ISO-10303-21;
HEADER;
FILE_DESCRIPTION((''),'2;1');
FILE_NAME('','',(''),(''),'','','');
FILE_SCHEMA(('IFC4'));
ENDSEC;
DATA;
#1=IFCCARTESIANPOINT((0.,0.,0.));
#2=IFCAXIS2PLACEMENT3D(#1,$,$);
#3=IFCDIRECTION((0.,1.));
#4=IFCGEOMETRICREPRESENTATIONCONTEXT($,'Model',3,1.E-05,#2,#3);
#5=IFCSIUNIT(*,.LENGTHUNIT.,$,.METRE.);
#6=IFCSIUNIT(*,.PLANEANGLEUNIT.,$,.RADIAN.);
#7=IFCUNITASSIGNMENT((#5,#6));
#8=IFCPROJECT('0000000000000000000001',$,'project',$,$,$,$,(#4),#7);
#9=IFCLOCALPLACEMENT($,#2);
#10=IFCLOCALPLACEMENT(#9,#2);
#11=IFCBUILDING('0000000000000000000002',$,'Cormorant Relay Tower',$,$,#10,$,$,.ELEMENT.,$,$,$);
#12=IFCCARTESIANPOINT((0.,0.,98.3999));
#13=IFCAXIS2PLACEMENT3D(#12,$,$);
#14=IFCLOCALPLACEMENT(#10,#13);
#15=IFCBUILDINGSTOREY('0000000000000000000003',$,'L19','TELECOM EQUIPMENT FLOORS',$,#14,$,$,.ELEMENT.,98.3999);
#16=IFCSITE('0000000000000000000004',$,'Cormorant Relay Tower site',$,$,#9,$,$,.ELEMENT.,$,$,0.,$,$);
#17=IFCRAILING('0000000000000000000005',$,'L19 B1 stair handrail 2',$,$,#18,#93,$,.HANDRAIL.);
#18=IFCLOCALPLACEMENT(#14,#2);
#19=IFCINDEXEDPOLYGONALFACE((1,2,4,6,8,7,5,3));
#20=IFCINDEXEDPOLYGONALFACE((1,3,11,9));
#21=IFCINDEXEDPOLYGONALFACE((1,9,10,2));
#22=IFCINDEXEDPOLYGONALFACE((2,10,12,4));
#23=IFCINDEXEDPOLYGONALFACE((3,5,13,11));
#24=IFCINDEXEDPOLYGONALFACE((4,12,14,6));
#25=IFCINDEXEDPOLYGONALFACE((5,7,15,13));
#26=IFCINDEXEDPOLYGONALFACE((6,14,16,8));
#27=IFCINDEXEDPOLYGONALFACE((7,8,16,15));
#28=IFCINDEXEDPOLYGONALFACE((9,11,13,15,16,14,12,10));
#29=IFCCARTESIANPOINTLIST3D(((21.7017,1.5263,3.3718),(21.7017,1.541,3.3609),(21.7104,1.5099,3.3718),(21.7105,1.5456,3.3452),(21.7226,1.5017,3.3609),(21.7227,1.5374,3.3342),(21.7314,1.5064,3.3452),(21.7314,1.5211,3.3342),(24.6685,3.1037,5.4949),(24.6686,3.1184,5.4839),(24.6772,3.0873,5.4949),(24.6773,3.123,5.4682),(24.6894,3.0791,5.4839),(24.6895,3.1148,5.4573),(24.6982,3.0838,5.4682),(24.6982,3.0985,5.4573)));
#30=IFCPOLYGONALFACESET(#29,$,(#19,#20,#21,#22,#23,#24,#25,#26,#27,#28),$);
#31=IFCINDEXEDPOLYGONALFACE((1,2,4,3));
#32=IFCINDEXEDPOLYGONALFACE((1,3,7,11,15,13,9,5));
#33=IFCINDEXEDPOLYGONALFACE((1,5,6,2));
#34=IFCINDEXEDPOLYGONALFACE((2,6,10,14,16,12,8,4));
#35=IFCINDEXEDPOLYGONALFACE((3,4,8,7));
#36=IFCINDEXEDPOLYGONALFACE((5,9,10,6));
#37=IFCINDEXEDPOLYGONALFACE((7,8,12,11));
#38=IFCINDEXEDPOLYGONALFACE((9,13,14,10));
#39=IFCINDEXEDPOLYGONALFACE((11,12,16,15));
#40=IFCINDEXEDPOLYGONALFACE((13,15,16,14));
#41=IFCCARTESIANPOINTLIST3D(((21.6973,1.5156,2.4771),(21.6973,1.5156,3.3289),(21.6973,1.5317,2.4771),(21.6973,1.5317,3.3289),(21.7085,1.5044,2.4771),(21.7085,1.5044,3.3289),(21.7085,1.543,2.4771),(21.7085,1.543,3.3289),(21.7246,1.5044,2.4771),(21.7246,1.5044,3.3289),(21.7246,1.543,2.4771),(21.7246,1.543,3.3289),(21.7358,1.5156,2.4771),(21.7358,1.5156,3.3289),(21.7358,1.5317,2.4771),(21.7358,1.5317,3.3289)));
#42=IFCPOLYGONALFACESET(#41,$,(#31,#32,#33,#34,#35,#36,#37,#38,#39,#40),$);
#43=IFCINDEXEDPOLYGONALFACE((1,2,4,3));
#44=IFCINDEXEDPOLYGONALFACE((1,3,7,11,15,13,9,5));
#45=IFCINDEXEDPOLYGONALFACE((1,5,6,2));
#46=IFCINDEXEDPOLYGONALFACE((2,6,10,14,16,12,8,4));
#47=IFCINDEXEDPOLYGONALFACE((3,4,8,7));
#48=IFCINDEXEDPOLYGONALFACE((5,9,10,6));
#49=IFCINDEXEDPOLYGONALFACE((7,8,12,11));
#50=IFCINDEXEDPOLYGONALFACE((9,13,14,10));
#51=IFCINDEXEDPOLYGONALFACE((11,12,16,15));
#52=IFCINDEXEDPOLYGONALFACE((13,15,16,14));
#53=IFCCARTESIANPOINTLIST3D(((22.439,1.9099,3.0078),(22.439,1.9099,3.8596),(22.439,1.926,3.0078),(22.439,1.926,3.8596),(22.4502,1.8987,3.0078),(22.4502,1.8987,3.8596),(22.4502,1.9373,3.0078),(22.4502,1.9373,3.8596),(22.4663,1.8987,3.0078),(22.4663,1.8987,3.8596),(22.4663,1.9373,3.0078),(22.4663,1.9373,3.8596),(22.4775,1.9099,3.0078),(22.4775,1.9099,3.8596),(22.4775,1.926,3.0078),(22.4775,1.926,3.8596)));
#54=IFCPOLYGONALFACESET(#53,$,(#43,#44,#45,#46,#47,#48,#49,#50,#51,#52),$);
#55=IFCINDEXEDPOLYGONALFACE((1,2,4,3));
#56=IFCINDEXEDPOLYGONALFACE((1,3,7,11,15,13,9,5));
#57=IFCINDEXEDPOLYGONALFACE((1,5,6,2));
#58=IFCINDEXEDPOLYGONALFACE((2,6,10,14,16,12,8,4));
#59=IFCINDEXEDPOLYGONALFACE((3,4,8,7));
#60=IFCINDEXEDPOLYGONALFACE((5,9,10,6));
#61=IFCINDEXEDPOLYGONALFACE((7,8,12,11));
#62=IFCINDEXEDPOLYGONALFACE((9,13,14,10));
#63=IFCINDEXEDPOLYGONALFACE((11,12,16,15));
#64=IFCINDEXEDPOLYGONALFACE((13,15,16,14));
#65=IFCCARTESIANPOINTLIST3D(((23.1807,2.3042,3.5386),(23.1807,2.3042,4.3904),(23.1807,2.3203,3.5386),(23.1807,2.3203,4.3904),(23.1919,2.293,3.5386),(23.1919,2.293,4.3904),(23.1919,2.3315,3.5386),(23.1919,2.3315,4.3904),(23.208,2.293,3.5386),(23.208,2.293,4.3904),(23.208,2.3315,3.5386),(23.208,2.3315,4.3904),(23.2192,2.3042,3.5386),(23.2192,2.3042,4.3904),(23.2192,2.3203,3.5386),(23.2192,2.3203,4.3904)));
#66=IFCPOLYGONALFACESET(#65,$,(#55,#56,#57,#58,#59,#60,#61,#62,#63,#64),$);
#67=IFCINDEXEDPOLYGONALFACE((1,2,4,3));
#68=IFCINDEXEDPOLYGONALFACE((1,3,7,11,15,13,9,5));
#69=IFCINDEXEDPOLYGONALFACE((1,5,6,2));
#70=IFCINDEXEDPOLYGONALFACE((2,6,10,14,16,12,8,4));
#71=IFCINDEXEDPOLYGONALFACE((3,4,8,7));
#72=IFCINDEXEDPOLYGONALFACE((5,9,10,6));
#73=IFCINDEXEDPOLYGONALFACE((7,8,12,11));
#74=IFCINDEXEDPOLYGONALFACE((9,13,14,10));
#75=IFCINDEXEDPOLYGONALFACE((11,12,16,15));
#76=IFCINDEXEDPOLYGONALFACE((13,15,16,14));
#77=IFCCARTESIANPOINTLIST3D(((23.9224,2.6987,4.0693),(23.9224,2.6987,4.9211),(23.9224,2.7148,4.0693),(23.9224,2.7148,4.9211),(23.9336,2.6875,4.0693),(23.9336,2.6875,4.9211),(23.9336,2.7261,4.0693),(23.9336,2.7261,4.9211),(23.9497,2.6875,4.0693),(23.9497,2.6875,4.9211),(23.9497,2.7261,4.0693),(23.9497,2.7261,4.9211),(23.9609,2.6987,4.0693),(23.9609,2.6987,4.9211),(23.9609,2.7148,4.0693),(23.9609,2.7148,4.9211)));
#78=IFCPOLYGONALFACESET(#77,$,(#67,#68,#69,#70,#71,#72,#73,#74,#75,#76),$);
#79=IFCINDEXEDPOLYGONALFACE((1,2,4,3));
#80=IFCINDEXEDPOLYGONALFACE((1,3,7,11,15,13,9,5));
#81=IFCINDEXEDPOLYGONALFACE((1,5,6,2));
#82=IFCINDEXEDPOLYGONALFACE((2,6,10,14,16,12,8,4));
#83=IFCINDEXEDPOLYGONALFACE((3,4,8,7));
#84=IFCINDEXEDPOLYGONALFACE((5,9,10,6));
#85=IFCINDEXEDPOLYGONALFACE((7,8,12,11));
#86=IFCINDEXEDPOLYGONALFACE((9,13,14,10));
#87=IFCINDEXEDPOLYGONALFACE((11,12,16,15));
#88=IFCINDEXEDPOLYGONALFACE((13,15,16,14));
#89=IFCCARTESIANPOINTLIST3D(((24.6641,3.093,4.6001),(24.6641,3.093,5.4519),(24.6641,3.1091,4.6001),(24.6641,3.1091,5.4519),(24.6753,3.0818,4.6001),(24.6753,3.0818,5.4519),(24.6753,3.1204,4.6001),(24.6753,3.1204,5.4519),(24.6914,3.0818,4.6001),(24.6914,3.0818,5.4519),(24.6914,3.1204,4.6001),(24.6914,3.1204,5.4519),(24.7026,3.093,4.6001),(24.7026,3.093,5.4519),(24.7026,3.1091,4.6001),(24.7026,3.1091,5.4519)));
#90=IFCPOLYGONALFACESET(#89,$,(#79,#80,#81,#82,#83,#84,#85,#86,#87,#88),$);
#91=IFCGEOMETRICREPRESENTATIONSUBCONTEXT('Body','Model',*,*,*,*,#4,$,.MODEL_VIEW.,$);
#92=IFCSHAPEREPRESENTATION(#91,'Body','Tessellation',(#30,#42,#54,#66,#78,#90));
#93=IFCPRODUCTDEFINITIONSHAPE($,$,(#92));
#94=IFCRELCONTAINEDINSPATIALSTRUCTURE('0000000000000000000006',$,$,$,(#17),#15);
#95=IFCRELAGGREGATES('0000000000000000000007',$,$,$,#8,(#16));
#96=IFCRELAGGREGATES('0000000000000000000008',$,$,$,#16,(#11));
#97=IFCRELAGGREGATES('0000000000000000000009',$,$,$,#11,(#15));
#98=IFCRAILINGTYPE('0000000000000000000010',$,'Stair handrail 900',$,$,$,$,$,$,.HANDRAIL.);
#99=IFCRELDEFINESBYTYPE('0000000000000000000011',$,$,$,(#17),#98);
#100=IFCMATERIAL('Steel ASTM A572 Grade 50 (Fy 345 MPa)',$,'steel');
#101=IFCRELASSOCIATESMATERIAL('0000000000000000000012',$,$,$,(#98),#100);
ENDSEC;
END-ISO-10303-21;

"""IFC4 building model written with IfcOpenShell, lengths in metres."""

from ifc_helpers import new_model, si_unit, direction, frame, origin, place, context, subcontext, project, spatial, polyline, outline, extrude, material, type_object, element, save


model = new_model("IFC4")

# Units and contexts
model_context = context("Model", 3, precision=1e-05, world=origin(), true_north=direction((0.0, 1.0)))
body_context = subcontext(model_context, "Body", "Model", "MODEL_VIEW")
ifc_project = project(units=[si_unit("LENGTHUNIT", "METRE"), si_unit("PLANEANGLEUNIT", "RADIAN")], contexts=[model_context])

# Site, building, storey
site_placement = place(None, origin())
site = spatial("IfcSite", under=ifc_project, at=site_placement, Name="Cormorant Relay Tower site", CompositionType="ELEMENT", RefElevation=0.0)
building_placement = place(site_placement, origin())
building = spatial("IfcBuilding", under=site, at=building_placement, Name="Cormorant Relay Tower", CompositionType="ELEMENT")
storey_placement = place(building_placement, frame((0.0, 0.0, 98.3999)))
storey = spatial("IfcBuildingStorey", under=building, at=storey_placement, Name="L19", Description="TELECOM EQUIPMENT FLOORS", CompositionType="ELEMENT", Elevation=98.3999)

# Railing
ifc_material_1 = material(Name="Steel ASTM A572 Grade 50 (Fy 345 MPa)", Category="steel")
railing_type_1 = type_object("IfcRailingType", Name="Stair handrail 900", PredefinedType="HANDRAIL", material=ifc_material_1)
railing_1_placement = place(storey_placement, frame((21.7166, 1.5237, 2.4771)))
element("IfcRailing", 1, at=railing_1_placement, inside=storey, type_object=railing_type_1, Name="L19 B1 stair handrail 2", PredefinedType="HANDRAIL", context=body_context, shape_type="SweptSolid", body=[
    extrude(outline(polyline([(0.0222, 0.0093), (0.0093, 0.0222), (-0.0093, 0.0222), (-0.0222, 0.0093), (-0.0222, -0.0093), (-0.0093, -0.0222), (0.0093, -0.0222), (0.0222, -0.0093), (0.0222, 0.0093)])), frame((0.0, 0.0, 0.876), z_axis=(0.746441, 0.396869, 0.534155), x_axis=(-0.469453, 0.882958, 0.0)), (0.0, 0.0, 1.0), 3.9746),
    extrude(outline(polyline([(0.0193, 0.0081), (0.0081, 0.0193), (-0.0081, 0.0193), (-0.0193, 0.0081), (-0.0193, -0.0081), (-0.0081, -0.0193), (0.0081, -0.0193), (0.0193, -0.0081), (0.0193, 0.0081)])), origin(), (0.0, 0.0, 1.0), 0.8518),
    extrude(outline(polyline([(0.0193, 0.0081), (0.0081, 0.0193), (-0.0081, 0.0193), (-0.0193, 0.0081), (-0.0193, -0.0081), (-0.0081, -0.0193), (0.0081, -0.0193), (0.0193, -0.0081), (0.0193, 0.0081)])), frame((0.7417, 0.3943, 0.5308)), (0.0, 0.0, 1.0), 0.8518),
    extrude(outline(polyline([(0.0193, 0.0081), (0.0081, 0.0193), (-0.0081, 0.0193), (-0.0193, 0.0081), (-0.0193, -0.0081), (-0.0081, -0.0193), (0.0081, -0.0193), (0.0193, -0.0081), (0.0193, 0.0081)])), frame((1.4834, 0.7886, 1.0615)), (0.0, 0.0, 1.0), 0.8518),
    extrude(outline(polyline([(0.0193, 0.0081), (0.0081, 0.0193), (-0.0081, 0.0193), (-0.0193, 0.0081), (-0.0193, -0.0081), (-0.0081, -0.0193), (0.0081, -0.0193), (0.0193, -0.0081), (0.0193, 0.0081)])), frame((2.2251, 1.1831, 1.5923)), (0.0, 0.0, 1.0), 0.8518),
    extrude(outline(polyline([(0.0193, 0.0081), (0.0081, 0.0193), (-0.0081, 0.0193), (-0.0193, 0.0081), (-0.0193, -0.0081), (-0.0081, -0.0193), (0.0081, -0.0193), (0.0193, -0.0081), (0.0193, 0.0081)])), frame((2.9668, 1.5774, 2.123)), (0.0, 0.0, 1.0), 0.8518),
])

save(model, "model.ifc")
